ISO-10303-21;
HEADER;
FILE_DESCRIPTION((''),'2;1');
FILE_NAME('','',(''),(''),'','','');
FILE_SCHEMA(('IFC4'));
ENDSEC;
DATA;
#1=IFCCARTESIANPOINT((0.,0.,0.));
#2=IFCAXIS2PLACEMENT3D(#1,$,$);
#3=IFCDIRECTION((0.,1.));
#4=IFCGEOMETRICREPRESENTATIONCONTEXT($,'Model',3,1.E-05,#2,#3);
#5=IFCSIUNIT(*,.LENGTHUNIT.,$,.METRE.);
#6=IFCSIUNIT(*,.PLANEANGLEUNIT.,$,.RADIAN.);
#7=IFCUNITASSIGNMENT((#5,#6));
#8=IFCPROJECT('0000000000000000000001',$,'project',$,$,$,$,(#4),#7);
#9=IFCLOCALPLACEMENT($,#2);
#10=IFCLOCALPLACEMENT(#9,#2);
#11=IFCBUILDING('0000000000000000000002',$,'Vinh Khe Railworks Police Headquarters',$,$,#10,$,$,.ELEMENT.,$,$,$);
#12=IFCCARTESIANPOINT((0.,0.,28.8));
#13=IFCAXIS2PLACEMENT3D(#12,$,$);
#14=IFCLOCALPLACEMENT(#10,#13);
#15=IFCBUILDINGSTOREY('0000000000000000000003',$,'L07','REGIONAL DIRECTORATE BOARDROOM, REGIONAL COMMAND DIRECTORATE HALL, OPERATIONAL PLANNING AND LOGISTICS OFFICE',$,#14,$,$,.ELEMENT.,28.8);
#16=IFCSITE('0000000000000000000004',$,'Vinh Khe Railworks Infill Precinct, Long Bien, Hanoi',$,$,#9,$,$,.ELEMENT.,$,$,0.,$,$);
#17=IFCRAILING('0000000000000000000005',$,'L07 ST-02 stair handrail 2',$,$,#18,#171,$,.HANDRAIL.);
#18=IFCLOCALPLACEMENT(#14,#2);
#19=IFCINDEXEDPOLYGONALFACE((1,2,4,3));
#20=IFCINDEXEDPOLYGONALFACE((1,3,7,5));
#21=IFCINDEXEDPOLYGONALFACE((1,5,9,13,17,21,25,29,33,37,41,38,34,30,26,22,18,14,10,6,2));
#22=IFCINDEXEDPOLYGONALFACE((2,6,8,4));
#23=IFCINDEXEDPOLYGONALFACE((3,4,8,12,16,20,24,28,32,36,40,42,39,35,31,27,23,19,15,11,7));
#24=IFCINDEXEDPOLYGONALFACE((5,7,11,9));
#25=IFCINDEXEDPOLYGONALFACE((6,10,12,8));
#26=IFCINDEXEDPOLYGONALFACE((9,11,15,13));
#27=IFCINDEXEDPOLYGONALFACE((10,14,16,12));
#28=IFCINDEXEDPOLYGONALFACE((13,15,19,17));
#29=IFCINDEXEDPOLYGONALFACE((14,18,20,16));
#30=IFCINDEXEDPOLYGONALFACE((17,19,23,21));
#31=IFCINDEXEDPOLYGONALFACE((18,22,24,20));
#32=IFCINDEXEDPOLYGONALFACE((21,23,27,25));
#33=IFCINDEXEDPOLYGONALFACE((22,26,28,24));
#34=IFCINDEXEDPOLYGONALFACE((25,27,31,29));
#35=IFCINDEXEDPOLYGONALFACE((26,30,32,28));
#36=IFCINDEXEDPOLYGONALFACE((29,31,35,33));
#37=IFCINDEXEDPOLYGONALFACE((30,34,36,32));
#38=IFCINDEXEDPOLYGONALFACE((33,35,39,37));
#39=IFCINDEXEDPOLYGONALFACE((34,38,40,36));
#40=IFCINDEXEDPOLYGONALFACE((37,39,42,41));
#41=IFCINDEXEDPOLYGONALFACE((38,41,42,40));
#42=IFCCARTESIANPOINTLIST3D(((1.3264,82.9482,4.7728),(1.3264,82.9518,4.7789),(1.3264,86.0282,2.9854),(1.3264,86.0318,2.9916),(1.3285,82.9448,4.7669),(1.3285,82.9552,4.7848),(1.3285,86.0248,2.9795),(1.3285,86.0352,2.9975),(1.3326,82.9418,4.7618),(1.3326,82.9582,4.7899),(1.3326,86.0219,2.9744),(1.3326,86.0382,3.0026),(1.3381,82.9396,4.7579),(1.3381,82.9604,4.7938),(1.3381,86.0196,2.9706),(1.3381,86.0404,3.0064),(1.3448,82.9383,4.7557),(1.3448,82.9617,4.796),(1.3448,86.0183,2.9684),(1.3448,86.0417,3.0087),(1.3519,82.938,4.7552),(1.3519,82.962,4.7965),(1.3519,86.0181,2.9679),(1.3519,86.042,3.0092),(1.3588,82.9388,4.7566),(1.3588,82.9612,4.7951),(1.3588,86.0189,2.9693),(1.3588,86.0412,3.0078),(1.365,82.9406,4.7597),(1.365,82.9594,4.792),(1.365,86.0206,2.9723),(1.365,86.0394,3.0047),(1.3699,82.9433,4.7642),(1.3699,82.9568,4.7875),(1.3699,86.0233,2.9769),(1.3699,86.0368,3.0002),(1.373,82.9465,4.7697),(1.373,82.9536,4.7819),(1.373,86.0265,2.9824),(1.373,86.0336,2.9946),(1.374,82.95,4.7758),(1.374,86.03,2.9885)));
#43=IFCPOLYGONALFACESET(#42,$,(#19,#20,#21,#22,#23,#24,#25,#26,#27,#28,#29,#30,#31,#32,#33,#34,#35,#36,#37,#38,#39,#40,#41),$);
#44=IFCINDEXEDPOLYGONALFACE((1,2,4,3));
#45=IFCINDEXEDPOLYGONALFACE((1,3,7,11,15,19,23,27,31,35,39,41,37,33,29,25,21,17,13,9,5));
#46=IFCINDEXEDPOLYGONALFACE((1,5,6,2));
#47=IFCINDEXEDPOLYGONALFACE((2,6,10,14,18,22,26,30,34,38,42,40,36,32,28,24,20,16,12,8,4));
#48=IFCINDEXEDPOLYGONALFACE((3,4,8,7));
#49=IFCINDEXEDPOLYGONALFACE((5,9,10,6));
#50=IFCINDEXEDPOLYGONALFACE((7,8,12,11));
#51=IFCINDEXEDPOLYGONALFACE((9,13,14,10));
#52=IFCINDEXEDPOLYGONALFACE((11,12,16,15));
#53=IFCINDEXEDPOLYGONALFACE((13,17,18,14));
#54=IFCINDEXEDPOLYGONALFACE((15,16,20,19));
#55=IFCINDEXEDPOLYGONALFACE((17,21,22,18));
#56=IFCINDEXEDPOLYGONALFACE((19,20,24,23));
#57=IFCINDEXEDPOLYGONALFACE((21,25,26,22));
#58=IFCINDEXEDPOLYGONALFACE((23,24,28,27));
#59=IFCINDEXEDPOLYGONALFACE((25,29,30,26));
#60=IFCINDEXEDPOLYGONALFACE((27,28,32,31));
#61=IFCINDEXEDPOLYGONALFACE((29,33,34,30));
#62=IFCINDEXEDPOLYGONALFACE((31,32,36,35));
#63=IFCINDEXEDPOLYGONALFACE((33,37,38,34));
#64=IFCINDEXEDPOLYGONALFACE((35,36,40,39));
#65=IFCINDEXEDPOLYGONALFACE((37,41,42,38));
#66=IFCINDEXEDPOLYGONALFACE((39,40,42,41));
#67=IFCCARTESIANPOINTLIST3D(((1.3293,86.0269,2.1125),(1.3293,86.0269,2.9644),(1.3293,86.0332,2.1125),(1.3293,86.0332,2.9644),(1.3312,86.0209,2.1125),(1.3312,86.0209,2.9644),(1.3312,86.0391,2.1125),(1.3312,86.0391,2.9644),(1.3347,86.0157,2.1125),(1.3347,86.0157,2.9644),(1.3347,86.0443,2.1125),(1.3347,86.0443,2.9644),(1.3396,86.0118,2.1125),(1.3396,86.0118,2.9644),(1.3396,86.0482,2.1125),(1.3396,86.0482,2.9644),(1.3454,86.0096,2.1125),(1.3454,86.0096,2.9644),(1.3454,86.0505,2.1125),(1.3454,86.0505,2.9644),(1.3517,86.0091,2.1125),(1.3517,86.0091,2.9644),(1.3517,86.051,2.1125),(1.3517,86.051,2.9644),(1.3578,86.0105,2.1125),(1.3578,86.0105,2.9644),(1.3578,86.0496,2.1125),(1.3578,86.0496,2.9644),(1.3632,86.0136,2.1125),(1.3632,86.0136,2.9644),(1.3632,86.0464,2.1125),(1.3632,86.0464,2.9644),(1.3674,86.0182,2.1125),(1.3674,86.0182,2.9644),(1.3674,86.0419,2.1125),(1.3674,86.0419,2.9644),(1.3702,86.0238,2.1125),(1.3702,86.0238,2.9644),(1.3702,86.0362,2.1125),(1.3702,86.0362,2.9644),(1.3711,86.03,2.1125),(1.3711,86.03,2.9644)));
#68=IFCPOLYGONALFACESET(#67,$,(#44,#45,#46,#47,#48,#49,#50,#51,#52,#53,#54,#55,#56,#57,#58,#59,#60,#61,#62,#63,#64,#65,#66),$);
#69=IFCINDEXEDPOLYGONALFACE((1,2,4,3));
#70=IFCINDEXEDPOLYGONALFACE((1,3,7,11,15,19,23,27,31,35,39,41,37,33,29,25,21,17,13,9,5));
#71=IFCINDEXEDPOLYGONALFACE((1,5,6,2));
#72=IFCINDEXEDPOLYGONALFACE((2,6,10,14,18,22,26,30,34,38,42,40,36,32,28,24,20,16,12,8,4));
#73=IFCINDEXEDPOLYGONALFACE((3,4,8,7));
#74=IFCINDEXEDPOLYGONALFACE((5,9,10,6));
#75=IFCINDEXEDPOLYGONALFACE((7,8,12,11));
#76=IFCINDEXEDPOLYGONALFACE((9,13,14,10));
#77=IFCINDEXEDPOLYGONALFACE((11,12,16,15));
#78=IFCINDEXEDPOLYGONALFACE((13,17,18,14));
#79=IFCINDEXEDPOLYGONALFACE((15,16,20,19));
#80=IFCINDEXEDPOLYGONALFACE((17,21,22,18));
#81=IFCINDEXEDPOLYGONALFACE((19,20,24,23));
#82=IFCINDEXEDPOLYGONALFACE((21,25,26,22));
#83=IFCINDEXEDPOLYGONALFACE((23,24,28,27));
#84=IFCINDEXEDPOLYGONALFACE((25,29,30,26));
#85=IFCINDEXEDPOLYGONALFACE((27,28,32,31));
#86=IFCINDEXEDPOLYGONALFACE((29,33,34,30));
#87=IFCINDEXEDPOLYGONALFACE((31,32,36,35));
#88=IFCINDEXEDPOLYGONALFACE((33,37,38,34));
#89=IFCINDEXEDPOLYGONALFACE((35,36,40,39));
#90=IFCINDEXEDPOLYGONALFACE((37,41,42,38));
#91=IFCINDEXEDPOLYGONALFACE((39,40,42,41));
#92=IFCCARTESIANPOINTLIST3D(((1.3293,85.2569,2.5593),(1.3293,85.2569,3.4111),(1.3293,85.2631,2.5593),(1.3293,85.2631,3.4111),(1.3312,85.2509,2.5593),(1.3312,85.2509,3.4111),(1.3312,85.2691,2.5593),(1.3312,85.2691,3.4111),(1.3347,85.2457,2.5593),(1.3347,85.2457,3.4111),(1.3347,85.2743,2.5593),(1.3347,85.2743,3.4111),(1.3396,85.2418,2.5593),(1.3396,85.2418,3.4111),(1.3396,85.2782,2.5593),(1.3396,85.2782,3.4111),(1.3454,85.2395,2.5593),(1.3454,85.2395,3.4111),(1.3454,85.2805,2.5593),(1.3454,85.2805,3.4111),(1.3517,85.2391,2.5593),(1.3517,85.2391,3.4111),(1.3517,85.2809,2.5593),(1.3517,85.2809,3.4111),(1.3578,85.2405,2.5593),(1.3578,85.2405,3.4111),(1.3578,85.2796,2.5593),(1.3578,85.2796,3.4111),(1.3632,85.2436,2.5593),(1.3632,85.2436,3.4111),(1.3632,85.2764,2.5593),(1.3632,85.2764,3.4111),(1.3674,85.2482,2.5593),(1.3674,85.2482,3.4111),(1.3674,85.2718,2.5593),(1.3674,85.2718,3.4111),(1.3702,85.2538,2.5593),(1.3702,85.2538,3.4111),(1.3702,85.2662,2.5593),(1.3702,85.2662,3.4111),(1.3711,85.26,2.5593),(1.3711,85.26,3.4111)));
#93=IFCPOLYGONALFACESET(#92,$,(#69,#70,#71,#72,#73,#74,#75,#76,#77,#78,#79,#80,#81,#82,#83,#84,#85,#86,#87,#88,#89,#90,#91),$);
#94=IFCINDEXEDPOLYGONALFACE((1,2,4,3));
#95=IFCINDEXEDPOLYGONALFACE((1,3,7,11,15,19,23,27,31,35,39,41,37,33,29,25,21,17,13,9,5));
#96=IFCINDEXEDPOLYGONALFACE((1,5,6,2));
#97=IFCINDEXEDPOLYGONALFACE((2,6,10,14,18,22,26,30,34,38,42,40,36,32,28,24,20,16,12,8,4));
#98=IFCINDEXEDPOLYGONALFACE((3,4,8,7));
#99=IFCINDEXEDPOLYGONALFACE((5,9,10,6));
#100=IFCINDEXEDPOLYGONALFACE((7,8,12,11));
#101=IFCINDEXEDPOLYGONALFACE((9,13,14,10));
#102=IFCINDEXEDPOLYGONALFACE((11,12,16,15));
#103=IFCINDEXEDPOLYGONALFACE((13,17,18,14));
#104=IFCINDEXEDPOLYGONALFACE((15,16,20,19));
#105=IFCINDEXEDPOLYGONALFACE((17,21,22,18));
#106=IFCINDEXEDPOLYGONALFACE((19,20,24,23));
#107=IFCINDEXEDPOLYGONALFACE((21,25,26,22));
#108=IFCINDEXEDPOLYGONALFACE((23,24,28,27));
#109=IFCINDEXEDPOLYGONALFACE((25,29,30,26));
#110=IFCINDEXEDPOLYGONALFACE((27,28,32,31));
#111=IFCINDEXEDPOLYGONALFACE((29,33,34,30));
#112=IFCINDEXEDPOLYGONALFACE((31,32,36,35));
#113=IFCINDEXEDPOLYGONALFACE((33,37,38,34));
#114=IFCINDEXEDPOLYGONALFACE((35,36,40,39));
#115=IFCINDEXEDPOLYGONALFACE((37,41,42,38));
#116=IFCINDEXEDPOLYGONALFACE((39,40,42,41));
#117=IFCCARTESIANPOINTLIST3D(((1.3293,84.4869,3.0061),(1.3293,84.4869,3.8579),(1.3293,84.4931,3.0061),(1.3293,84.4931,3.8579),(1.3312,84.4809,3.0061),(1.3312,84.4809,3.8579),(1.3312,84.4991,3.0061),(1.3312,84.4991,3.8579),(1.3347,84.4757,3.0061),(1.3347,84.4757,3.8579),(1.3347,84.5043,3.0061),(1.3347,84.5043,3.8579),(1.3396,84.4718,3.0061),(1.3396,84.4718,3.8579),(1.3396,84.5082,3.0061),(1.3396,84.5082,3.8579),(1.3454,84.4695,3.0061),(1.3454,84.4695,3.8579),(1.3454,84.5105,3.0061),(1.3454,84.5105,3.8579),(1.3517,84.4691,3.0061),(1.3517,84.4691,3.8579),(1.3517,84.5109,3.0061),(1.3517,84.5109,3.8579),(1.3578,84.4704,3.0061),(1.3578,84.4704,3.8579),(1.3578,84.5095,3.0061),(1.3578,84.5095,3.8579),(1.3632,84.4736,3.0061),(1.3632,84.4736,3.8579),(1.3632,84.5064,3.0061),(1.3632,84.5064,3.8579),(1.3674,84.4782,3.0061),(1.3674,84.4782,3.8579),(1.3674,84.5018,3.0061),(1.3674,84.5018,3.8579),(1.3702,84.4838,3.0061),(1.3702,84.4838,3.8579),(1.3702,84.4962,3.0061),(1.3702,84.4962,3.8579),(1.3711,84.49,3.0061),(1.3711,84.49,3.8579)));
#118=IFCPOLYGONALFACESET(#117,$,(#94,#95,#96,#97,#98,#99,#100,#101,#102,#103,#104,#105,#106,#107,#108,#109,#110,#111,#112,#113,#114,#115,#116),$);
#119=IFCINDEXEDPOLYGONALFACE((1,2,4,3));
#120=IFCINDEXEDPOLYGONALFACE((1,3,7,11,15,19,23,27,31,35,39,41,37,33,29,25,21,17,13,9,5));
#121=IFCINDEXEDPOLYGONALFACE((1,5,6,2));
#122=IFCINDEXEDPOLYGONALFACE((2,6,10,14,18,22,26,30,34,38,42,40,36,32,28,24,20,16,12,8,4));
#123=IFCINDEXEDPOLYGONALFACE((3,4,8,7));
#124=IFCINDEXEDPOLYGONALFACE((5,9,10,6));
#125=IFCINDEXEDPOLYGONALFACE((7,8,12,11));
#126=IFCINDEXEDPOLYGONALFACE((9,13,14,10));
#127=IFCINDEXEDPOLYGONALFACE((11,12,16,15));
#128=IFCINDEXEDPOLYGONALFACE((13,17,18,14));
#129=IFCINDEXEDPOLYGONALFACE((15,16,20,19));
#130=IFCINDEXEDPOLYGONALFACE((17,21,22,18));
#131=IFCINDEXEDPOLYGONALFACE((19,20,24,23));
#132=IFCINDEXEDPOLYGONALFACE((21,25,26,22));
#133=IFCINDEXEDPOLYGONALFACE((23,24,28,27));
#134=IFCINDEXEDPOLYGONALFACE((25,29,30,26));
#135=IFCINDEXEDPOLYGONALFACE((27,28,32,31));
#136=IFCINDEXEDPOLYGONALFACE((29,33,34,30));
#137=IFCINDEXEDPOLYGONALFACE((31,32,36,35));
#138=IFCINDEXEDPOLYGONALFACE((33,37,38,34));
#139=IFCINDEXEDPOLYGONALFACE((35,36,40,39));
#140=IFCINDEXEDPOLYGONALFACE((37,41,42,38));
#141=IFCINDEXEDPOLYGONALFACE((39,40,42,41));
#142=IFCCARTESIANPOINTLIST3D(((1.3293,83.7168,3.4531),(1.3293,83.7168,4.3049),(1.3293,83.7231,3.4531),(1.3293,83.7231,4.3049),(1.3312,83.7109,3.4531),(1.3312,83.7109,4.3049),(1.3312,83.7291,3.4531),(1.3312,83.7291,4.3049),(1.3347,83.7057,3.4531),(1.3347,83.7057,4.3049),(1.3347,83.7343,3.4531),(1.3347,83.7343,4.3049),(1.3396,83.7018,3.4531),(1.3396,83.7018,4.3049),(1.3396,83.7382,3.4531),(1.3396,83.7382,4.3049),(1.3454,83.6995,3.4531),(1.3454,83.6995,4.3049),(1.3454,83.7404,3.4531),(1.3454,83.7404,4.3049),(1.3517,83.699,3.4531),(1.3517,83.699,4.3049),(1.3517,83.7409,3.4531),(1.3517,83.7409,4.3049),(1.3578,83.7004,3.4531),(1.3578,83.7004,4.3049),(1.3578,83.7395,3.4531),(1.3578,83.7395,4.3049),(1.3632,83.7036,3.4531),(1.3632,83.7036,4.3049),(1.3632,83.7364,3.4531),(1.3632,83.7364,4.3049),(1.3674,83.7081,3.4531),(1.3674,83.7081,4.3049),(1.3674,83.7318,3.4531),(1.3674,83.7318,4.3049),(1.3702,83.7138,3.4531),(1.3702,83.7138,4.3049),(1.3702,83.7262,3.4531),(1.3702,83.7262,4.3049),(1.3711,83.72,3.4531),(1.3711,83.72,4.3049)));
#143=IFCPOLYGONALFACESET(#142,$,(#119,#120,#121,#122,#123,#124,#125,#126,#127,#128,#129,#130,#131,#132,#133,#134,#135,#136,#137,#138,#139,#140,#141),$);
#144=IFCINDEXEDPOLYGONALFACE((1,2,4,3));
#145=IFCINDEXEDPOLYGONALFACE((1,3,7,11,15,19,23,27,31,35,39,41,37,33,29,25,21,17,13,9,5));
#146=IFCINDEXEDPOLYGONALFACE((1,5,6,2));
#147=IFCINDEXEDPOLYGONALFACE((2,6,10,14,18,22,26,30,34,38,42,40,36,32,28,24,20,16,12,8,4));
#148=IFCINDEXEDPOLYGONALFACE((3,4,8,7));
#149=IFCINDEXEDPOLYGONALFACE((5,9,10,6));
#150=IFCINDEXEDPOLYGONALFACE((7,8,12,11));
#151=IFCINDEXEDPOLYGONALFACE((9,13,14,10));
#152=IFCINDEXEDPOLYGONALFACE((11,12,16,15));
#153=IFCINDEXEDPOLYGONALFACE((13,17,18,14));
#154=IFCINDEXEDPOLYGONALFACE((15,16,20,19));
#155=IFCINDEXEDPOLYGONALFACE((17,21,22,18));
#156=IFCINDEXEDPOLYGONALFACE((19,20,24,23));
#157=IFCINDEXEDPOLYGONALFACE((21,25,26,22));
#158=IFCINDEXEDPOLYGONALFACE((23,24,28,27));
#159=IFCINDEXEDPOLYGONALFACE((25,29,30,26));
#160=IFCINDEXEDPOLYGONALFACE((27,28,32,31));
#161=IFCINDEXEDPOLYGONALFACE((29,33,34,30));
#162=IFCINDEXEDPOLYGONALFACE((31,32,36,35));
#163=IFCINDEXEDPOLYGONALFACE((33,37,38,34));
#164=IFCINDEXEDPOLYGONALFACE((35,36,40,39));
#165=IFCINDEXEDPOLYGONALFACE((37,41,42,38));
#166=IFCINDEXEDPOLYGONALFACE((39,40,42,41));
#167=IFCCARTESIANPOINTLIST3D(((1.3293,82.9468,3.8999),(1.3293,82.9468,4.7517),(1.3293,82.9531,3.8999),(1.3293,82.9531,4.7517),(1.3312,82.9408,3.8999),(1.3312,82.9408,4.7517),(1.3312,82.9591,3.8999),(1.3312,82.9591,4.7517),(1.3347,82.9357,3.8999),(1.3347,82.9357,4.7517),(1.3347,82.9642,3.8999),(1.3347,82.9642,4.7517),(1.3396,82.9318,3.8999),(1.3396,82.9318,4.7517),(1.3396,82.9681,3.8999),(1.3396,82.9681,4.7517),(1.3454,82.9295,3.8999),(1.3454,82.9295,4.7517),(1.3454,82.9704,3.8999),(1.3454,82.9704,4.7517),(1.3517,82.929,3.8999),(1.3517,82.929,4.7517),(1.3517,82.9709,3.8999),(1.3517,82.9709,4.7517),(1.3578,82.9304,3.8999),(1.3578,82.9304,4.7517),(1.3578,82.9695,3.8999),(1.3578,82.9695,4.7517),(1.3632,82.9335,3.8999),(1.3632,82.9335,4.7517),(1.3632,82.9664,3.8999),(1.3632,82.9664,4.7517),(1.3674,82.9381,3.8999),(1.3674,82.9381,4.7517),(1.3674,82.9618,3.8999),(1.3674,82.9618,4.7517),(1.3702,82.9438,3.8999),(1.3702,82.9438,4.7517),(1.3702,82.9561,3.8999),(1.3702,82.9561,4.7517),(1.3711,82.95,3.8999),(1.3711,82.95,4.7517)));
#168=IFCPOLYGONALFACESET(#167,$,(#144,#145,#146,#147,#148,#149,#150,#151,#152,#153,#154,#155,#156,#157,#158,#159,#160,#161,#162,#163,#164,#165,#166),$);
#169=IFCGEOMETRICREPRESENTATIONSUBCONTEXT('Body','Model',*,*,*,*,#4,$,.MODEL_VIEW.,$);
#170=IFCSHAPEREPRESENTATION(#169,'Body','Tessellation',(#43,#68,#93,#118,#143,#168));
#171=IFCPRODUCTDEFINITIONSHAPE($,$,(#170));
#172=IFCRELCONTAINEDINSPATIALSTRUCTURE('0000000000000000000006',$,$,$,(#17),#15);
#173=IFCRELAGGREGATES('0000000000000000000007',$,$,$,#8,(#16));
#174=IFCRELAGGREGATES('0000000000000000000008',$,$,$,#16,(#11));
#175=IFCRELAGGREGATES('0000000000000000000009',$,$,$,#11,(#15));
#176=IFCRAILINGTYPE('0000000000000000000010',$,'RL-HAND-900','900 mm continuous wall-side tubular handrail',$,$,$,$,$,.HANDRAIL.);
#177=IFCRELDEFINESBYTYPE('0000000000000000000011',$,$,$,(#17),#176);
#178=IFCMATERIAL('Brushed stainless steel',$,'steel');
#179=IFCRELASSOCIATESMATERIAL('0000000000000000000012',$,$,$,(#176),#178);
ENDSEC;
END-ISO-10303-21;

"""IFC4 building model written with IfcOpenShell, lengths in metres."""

from ifc_helpers import new_model, si_unit, direction, frame, origin, origin_2d, place, context, subcontext, project, spatial, circle, extrude, material, type_object, element, save


model = new_model("IFC4")

# Units and contexts
model_context = context("Model", 3, precision=1e-05, world=origin(), true_north=direction((0.0, 1.0)))
body_context = subcontext(model_context, "Body", "Model", "MODEL_VIEW")
ifc_project = project(units=[si_unit("LENGTHUNIT", "METRE"), si_unit("PLANEANGLEUNIT", "RADIAN")], contexts=[model_context])

# Site, building, storey
site_placement = place(None, origin())
site = spatial("IfcSite", under=ifc_project, at=site_placement, Name="Vinh Khe Railworks Infill Precinct, Long Bien, Hanoi", CompositionType="ELEMENT", RefElevation=0.0)
building_placement = place(site_placement, origin())
building = spatial("IfcBuilding", under=site, at=building_placement, Name="Vinh Khe Railworks Police Headquarters", CompositionType="ELEMENT")
storey_placement = place(building_placement, frame((0.0, 0.0, 28.8)))
storey = spatial("IfcBuildingStorey", under=building, at=storey_placement, Name="L07", Description="REGIONAL DIRECTORATE BOARDROOM, REGIONAL COMMAND DIRECTORATE HALL, OPERATIONAL PLANNING AND LOGISTICS OFFICE", CompositionType="ELEMENT", Elevation=28.8)

# Railing
ifc_material_1 = material(Name="Brushed stainless steel", Category="steel")
railing_type_1 = type_object("IfcRailingType", Name="RL-HAND-900", Description="900 mm continuous wall-side tubular handrail", PredefinedType="HANDRAIL", material=ifc_material_1)
railing_1_placement = place(storey_placement, frame((1.3501, 86.03, 2.1125)))
element("IfcRailing", 1, at=railing_1_placement, inside=storey, type_object=railing_type_1, Name="L07 ST-02 stair handrail 2", PredefinedType="HANDRAIL", context=body_context, shape_type="SweptSolid", body=[
    extrude(circle(Radius=0.0239, at=origin_2d()), frame((0.0, 0.0, 0.876), z_axis=(0.0, -0.86492, 0.501909), x_axis=(1.0, 0.0, 0.0)), (0.0, 0.0, 1.0), 3.561),
    extrude(circle(Radius=0.021, at=origin_2d()), origin(), (0.0, 0.0, 1.0), 0.8518),
    extrude(circle(Radius=0.021, at=origin_2d()), frame((0.0, -0.77, 0.4468)), (0.0, 0.0, 1.0), 0.8518),
    extrude(circle(Radius=0.021, at=origin_2d()), frame((0.0, -1.54, 0.8936)), (0.0, 0.0, 1.0), 0.8518),
    extrude(circle(Radius=0.021, at=origin_2d()), frame((0.0, -2.3101, 1.3406)), (0.0, 0.0, 1.0), 0.8518),
    extrude(circle(Radius=0.021, at=origin_2d()), frame((0.0, -3.0801, 1.7874)), (0.0, 0.0, 1.0), 0.8518),
])

save(model, "model.ifc")
